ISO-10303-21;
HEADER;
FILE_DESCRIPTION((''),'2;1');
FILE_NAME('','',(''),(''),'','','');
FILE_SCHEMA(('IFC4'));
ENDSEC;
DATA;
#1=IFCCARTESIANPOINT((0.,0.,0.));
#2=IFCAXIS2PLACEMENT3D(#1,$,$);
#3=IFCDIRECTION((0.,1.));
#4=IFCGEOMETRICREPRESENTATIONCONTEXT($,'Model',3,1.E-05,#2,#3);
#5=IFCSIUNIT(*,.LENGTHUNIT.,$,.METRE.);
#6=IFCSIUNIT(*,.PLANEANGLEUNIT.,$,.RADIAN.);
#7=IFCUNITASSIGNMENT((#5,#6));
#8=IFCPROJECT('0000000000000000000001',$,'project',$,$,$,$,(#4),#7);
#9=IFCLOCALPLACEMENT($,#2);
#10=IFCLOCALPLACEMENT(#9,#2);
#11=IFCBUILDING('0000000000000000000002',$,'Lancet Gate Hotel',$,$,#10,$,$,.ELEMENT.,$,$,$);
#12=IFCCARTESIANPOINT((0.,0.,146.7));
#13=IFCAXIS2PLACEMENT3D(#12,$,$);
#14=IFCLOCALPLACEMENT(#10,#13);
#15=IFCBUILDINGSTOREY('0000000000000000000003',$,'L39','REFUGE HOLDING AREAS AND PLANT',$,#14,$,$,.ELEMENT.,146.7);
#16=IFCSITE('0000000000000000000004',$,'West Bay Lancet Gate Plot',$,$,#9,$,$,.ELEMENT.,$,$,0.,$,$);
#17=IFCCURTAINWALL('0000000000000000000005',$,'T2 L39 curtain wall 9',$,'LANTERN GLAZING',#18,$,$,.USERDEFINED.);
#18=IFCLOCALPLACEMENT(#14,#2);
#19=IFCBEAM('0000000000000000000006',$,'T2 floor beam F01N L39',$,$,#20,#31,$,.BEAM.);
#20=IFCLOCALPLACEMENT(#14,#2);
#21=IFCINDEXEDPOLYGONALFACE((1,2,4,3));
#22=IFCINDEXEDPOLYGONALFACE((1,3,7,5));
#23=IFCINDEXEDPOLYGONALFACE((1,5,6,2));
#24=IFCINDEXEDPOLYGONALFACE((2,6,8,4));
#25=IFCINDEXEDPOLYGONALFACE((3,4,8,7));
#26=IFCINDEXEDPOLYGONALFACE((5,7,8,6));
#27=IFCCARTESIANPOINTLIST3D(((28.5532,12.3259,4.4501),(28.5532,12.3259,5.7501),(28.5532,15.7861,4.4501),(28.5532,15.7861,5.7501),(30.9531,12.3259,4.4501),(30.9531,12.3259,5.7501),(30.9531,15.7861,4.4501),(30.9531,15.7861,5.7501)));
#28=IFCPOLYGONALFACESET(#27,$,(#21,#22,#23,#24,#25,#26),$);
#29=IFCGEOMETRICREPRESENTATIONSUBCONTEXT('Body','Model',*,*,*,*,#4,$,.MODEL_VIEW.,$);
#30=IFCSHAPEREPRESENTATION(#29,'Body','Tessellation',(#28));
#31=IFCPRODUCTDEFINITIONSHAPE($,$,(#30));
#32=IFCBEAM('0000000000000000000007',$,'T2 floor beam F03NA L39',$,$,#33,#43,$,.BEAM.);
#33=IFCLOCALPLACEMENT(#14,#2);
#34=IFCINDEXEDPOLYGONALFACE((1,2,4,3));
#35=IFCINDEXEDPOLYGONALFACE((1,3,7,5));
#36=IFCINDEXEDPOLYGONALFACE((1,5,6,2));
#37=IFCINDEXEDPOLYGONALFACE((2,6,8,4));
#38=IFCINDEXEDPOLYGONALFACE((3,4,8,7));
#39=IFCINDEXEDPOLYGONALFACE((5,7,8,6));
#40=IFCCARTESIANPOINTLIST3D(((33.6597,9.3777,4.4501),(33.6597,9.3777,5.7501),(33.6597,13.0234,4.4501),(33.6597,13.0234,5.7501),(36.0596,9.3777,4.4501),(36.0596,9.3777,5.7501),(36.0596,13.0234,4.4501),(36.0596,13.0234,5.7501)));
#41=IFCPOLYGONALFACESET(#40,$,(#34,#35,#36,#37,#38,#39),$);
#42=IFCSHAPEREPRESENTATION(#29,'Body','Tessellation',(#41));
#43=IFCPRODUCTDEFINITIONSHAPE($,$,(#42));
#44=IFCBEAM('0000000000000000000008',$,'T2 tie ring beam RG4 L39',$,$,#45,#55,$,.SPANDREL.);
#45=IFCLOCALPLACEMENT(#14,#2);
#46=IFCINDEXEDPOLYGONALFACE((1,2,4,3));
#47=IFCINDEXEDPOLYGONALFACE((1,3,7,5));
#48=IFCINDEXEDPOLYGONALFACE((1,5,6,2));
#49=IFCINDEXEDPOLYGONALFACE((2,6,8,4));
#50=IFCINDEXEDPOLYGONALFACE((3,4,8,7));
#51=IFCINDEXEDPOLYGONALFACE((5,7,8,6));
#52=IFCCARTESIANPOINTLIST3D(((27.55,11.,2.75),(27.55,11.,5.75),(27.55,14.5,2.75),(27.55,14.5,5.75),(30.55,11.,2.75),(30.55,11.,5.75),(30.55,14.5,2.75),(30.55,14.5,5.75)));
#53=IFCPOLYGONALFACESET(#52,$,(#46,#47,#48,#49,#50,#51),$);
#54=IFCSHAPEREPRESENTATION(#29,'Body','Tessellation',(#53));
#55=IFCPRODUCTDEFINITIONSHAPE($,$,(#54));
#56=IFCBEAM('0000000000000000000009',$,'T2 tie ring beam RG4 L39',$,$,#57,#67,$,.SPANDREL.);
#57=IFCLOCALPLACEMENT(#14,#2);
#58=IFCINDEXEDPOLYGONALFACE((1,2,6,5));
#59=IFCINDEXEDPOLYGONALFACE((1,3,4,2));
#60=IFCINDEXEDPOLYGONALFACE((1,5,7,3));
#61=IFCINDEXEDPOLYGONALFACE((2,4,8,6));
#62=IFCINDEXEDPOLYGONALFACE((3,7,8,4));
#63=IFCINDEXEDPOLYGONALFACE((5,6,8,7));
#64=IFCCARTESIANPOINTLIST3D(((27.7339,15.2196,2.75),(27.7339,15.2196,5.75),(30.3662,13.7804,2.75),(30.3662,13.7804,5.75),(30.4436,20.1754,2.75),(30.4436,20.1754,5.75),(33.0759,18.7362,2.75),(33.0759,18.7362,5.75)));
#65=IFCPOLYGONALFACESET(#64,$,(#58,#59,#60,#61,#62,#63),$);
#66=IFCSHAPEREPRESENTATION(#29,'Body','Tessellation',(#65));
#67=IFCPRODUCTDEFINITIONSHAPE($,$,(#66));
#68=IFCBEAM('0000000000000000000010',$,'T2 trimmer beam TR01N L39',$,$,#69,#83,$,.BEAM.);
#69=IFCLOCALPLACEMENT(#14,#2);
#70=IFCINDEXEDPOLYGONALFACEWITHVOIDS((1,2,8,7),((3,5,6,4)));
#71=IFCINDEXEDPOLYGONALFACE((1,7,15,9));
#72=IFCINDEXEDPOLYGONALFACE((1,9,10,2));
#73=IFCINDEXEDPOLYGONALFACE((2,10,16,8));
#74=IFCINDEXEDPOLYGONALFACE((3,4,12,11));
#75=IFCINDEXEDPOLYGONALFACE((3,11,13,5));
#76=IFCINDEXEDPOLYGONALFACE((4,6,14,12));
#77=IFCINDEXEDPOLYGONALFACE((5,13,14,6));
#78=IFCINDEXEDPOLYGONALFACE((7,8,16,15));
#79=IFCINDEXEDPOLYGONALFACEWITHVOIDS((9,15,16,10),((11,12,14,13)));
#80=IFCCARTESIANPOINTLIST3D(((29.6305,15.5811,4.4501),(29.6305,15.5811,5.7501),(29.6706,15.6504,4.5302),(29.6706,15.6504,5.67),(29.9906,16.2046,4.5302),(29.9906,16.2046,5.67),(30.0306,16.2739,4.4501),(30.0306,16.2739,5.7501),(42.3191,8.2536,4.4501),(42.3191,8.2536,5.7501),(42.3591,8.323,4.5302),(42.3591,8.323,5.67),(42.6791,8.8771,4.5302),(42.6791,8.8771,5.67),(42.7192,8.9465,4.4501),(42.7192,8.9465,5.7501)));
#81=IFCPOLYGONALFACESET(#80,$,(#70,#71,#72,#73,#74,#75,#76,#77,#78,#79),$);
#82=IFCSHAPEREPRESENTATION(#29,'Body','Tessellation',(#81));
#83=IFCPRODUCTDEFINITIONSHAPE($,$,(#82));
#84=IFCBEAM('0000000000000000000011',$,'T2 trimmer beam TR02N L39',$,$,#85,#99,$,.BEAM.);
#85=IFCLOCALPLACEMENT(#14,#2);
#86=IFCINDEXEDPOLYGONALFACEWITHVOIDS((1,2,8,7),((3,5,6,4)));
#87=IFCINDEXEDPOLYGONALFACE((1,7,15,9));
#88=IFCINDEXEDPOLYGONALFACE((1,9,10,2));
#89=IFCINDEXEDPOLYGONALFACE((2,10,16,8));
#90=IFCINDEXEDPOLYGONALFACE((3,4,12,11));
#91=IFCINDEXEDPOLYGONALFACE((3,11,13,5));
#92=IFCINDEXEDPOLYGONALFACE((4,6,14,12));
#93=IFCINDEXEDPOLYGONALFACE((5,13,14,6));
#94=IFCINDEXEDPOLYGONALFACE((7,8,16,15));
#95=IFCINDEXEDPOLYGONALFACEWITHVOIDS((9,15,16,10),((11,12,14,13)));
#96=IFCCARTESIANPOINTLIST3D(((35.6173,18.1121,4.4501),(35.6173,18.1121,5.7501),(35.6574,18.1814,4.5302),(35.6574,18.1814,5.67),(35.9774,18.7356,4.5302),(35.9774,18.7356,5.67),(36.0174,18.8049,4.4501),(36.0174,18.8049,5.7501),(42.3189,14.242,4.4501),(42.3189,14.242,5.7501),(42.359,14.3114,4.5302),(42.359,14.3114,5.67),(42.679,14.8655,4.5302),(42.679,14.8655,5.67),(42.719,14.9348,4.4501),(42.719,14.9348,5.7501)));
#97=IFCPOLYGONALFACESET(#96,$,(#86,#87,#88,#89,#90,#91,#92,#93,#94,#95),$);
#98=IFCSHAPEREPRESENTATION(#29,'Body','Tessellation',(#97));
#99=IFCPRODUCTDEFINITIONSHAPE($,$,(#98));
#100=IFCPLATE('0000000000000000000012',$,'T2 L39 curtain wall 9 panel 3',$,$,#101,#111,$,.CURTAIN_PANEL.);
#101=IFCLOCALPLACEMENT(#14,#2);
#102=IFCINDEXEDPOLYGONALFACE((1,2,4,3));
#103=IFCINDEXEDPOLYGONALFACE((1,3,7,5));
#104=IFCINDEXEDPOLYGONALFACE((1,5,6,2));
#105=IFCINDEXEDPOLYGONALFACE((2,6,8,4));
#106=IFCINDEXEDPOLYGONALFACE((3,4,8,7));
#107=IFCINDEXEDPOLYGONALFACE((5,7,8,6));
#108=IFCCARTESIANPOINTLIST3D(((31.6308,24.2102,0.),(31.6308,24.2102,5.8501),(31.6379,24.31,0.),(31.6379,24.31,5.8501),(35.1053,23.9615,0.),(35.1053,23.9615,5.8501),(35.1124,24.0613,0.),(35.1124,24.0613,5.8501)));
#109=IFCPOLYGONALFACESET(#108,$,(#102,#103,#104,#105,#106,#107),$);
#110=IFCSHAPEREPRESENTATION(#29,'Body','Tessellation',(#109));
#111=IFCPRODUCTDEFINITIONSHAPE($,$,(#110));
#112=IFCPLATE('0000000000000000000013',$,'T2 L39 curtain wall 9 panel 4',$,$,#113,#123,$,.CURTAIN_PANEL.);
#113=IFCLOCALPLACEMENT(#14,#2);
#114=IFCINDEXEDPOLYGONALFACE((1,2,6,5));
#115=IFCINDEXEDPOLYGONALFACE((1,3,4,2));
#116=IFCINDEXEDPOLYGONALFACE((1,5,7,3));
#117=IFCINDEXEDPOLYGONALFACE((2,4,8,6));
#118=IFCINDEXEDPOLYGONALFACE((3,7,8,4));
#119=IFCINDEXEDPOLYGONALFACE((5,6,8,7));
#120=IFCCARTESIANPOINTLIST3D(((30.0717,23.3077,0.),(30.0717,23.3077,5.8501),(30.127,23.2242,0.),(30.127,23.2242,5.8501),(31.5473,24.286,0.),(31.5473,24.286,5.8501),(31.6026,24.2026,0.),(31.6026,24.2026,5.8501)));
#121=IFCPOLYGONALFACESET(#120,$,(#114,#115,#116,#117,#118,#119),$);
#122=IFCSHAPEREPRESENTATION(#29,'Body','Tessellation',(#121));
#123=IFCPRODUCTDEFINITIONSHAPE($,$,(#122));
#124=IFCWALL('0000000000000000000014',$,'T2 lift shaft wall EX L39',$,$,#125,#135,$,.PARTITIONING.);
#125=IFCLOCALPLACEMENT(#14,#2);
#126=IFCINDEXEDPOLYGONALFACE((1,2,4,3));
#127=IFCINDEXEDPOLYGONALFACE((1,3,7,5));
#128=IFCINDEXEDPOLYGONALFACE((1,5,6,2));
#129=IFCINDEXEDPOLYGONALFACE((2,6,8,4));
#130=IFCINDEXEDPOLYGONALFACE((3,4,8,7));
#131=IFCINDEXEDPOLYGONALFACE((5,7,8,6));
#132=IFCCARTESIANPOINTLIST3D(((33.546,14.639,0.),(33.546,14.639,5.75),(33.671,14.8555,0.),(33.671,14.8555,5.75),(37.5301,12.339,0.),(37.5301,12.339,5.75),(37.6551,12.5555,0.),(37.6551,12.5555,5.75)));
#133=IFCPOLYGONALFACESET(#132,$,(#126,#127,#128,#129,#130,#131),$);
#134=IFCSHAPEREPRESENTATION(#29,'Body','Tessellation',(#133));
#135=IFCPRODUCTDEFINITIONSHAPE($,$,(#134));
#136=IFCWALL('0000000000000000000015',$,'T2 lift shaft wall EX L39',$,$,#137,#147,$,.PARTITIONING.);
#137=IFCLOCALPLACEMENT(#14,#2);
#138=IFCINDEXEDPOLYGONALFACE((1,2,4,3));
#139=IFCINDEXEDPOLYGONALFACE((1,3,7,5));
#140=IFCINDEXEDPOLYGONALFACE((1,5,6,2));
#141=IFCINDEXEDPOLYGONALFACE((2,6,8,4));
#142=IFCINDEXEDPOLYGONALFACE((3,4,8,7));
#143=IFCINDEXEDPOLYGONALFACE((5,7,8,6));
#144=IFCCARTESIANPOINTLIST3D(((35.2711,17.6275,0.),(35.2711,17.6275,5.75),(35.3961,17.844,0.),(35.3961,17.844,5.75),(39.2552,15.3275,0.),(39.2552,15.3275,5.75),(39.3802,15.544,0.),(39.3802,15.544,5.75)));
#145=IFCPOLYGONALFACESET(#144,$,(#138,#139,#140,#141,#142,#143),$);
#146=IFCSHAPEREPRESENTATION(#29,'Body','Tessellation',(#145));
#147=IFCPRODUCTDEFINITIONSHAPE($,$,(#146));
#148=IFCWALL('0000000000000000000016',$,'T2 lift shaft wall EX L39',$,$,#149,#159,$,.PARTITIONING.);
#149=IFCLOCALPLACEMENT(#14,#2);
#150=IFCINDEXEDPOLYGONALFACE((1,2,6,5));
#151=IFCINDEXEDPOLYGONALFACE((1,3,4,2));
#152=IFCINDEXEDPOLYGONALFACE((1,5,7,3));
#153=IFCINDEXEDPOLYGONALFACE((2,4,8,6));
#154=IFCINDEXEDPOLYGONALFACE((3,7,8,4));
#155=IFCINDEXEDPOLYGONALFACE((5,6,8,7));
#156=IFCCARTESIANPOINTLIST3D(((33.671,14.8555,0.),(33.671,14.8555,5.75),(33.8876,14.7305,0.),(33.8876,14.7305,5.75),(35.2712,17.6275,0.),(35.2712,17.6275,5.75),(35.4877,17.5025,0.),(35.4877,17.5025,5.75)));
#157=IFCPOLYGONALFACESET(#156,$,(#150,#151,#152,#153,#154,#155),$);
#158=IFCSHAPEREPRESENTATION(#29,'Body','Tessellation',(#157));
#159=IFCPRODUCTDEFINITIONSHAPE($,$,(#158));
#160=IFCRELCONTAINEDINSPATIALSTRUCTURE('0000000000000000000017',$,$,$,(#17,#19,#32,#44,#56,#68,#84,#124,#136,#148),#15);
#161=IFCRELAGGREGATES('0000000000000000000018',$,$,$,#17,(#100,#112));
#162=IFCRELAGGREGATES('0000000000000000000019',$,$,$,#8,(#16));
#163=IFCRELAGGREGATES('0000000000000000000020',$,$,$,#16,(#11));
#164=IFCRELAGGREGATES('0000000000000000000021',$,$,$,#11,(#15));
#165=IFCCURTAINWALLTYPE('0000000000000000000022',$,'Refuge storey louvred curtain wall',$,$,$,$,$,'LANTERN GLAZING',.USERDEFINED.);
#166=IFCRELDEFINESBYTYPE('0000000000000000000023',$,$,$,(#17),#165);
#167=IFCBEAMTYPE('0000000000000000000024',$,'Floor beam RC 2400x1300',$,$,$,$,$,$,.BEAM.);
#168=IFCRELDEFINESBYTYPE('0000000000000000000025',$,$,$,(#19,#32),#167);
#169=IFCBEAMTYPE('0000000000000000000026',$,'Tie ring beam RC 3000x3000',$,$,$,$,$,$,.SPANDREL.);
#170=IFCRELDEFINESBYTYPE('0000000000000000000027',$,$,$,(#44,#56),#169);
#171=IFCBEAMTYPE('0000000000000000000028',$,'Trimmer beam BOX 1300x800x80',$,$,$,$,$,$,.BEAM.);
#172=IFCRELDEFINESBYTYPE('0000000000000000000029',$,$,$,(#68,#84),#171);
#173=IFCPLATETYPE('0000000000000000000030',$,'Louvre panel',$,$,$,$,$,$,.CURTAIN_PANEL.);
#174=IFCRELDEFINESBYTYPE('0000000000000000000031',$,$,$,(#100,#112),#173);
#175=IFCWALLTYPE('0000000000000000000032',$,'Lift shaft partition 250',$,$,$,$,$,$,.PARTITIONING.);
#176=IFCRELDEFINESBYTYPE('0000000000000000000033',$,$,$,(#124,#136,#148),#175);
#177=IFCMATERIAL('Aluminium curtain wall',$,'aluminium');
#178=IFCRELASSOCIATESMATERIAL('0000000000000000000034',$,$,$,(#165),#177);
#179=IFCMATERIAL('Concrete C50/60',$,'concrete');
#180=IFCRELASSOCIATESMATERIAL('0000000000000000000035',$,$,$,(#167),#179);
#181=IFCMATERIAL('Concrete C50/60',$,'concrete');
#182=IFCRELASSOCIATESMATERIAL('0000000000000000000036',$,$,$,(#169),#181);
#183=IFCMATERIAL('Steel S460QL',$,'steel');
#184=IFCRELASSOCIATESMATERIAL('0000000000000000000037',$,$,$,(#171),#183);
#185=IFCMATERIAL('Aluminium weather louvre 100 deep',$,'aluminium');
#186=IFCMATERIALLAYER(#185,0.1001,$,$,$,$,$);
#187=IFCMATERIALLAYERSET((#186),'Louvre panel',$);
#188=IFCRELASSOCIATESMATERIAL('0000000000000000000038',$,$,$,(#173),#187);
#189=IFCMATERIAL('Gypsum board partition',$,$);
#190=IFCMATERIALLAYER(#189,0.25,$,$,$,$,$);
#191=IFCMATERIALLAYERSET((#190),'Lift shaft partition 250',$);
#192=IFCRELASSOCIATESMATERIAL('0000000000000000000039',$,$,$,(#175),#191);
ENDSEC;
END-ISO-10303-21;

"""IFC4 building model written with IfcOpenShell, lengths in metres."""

from ifc_helpers import new_model, si_unit, direction, frame, frame_2d, origin, origin_2d, place, context, subcontext, project, spatial, rectangle, hollow_rectangle, extrude, material, layer, layer_set, material_profile, profile_set, type_object, element, aggregate, save


model = new_model("IFC4")

# Units and contexts
model_context = context("Model", 3, precision=1e-05, world=origin(), true_north=direction((0.0, 1.0)))
body_context = subcontext(model_context, "Body", "Model", "MODEL_VIEW")
ifc_project = project(units=[si_unit("LENGTHUNIT", "METRE"), si_unit("PLANEANGLEUNIT", "RADIAN")], contexts=[model_context])

# Site, building, storey
site_placement = place(None, origin())
site = spatial("IfcSite", under=ifc_project, at=site_placement, Name="West Bay Lancet Gate Plot", CompositionType="ELEMENT", RefElevation=0.0)
building_placement = place(site_placement, origin())
building = spatial("IfcBuilding", under=site, at=building_placement, Name="Lancet Gate Hotel", CompositionType="ELEMENT")
storey_placement = place(building_placement, frame((0.0, 0.0, 146.7)))
storey = spatial("IfcBuildingStorey", under=building, at=storey_placement, Name="L39", Description="REFUGE HOLDING AREAS AND PLANT", CompositionType="ELEMENT", Elevation=146.7)

# Curtain wall
ifc_material_1 = material(Name="Aluminium curtain wall", Category="aluminium")
curtain_wall_type = type_object("IfcCurtainWallType", Name="Refuge storey louvred curtain wall", ElementType="LANTERN GLAZING", PredefinedType="USERDEFINED", material=ifc_material_1)
curtain_wall_placement = place(storey_placement, origin())
curtain_wall = element("IfcCurtainWall", 1, at=curtain_wall_placement, inside=storey, type_object=curtain_wall_type, Name="T2 L39 curtain wall 9", ObjectType="LANTERN GLAZING", PredefinedType="USERDEFINED")

# Beams
ifc_material_2 = material(Name="Concrete C50/60", Category="concrete")
ifc_material_profile_1 = material_profile(ifc_material_2, rectangle(XDim=2.3999, YDim=1.3, at=origin_2d()), Name="RC 2400x1300")
ifc_profile_set_1 = profile_set([ifc_material_profile_1], Name="Concrete C50/60")
beam_type_1 = type_object("IfcBeamType", Name="Floor beam RC 2400x1300", PredefinedType="BEAM", material=ifc_profile_set_1)
beam_1_placement = place(storey_placement, frame((29.7532, 12.3259, 5.1001), z_axis=(0.0, 1.0, 0.0), x_axis=(-1.0, 0.0, 0.0)))
element("IfcBeam", 2, at=beam_1_placement, inside=storey, type_object=beam_type_1, Name="T2 floor beam F01N L39", PredefinedType="BEAM", context=body_context, shape_type="SweptSolid", body=[
    extrude(rectangle(XDim=2.3999, YDim=1.3, at=origin_2d()), origin(), (0.0, 0.0, 1.0), 3.4602),
])
beam_2_placement = place(storey_placement, frame((34.8596, 9.3777, 5.1001), z_axis=(0.0, 1.0, 0.0), x_axis=(-1.0, 0.0, 0.0)))
element("IfcBeam", 3, at=beam_2_placement, inside=storey, type_object=beam_type_1, Name="T2 floor beam F03NA L39", PredefinedType="BEAM", context=body_context, shape_type="SweptSolid", body=[
    extrude(rectangle(XDim=2.3999, YDim=1.3, at=origin_2d()), origin(), (0.0, 0.0, 1.0), 3.6458),
])
ifc_material_3 = material(Name="Concrete C50/60", Category="concrete")
ifc_material_profile_2 = material_profile(ifc_material_3, rectangle(XDim=3.0, YDim=3.0, at=origin_2d()), Name="RC 3000x3000")
ifc_profile_set_2 = profile_set([ifc_material_profile_2], Name="Concrete C50/60")
beam_type_2 = type_object("IfcBeamType", Name="Tie ring beam RC 3000x3000", PredefinedType="SPANDREL", material=ifc_profile_set_2)
beam_3_placement = place(storey_placement, frame((29.05, 11.0, 4.25), z_axis=(0.0, 1.0, 0.0), x_axis=(-1.0, 0.0, 0.0)))
element("IfcBeam", 4, at=beam_3_placement, inside=storey, type_object=beam_type_2, Name="T2 tie ring beam RG4 L39", PredefinedType="SPANDREL", context=body_context, shape_type="SweptSolid", body=[
    extrude(rectangle(XDim=3.0, YDim=3.0, at=origin_2d()), origin(), (0.0, 0.0, 1.0), 3.5),
])
beam_4_placement = place(storey_placement, frame((29.05, 14.5, 4.25), z_axis=(0.479745, 0.877408, 0.0), x_axis=(-0.877408, 0.479745, 0.0)))
element("IfcBeam", 5, at=beam_4_placement, inside=storey, type_object=beam_type_2, Name="T2 tie ring beam RG4 L39", PredefinedType="SPANDREL", context=body_context, shape_type="SweptSolid", body=[
    extrude(rectangle(XDim=3.0, YDim=3.0, at=origin_2d()), origin(), (0.0, 0.0, 1.0), 5.6482),
])
ifc_material_4 = material(Name="Steel S460QL", Category="steel")
ifc_material_profile_3 = material_profile(ifc_material_4, hollow_rectangle(XDim=0.8, YDim=1.3, WallThickness=0.0801, at=origin_2d()), Name="BOX 1300x800x80")
ifc_profile_set_3 = profile_set([ifc_material_profile_3], Name="Steel S460QL")
beam_type_3 = type_object("IfcBeamType", Name="Trimmer beam BOX 1300x800x80", PredefinedType="BEAM", material=ifc_profile_set_3)
beam_5_placement = place(storey_placement, frame((29.8306, 15.9275, 5.1001), z_axis=(0.865975, -0.500087, 0.0), x_axis=(0.500087, 0.865975, 0.0)))
element("IfcBeam", 6, at=beam_5_placement, inside=storey, type_object=beam_type_3, Name="T2 trimmer beam TR01N L39", PredefinedType="BEAM", context=body_context, shape_type="SweptSolid", body=[
    extrude(hollow_rectangle(XDim=0.8, YDim=1.3, WallThickness=0.0801, at=origin_2d()), origin(), (0.0, 0.0, 1.0), 14.6523),
])
beam_6_placement = place(storey_placement, frame((35.8174, 18.4585, 5.1001), z_axis=(0.865974, -0.500088, 0.0), x_axis=(0.500088, 0.865974, 0.0)))
element("IfcBeam", 7, at=beam_6_placement, inside=storey, type_object=beam_type_3, Name="T2 trimmer beam TR02N L39", PredefinedType="BEAM", context=body_context, shape_type="SweptSolid", body=[
    extrude(hollow_rectangle(XDim=0.8, YDim=1.3, WallThickness=0.0801, at=origin_2d()), origin(), (0.0, 0.0, 1.0), 7.7388),
])

# Plates
ifc_material_5 = material(Name="Aluminium weather louvre 100 deep", Category="aluminium")
ifc_layer_1 = layer(ifc_material_5, 0.1001)
ifc_layer_set_1 = layer_set([ifc_layer_1], Name="Louvre panel")
plate_type = type_object("IfcPlateType", Name="Louvre panel", PredefinedType="CURTAIN_PANEL", material=ifc_layer_set_1)
plate_1_placement = place(storey_placement, frame((33.3716, 24.1357, 0.0), z_axis=(0.0, 0.0, 1.0), x_axis=(-0.997448, 0.07139, 0.0)))
plate_1 = element("IfcPlate", 8, at=plate_1_placement, type_object=plate_type, Name="T2 L39 curtain wall 9 panel 3", PredefinedType="CURTAIN_PANEL", context=body_context, shape_type="SweptSolid", body=[
    extrude(rectangle(XDim=3.4834, YDim=0.1001, at=origin_2d()), origin(), (0.0, 0.0, 1.0), 5.8501),
])
plate_2_placement = place(storey_placement, frame((30.8372, 23.7551, 0.0), z_axis=(0.0, 0.0, 1.0), x_axis=(-0.833465, -0.552573, 0.0)))
plate_2 = element("IfcPlate", 9, at=plate_2_placement, type_object=plate_type, Name="T2 L39 curtain wall 9 panel 4", PredefinedType="CURTAIN_PANEL", context=body_context, shape_type="SweptSolid", body=[
    extrude(rectangle(XDim=1.7705, YDim=0.1001, at=origin_2d()), origin(), (0.0, 0.0, 1.0), 5.8501),
])
aggregate(curtain_wall, [plate_1, plate_2])

# Walls
ifc_material_6 = material(Name="Gypsum board partition")
ifc_layer_2 = layer(ifc_material_6, 0.25)
ifc_layer_set_2 = layer_set([ifc_layer_2], Name="Lift shaft partition 250")
wall_type_1 = type_object("IfcWallType", Name="Lift shaft partition 250", PredefinedType="PARTITIONING", material=ifc_layer_set_2)
for number, where, z_axis, x_axis, name in (
    (10, (33.6084, 14.7473, 0.0), (0.0, 0.0, 1.0), (0.866043, -0.499969, 0.0), "T2 lift shaft wall EX L39"),
    (11, (35.3335, 17.7358, 0.0), (0.0, 0.0, 1.0), (0.866043, -0.499969, 0.0), "T2 lift shaft wall EX L39"),
):
    element("IfcWall", number, at=place(storey_placement, frame(where, z_axis=z_axis, x_axis=x_axis)), inside=storey, type_object=wall_type_1, Name=name, PredefinedType="PARTITIONING", context=body_context, shape_type="SweptSolid", body=[
        extrude(rectangle(XDim=4.6003, YDim=0.25, at=frame_2d((2.3003, 0.0))), origin(), (0.0, 0.0, 1.0), 5.75),
    ])
wall_1_placement = place(storey_placement, frame((33.7793, 14.793, 0.0), z_axis=(0.0, 0.0, 1.0), x_axis=(0.499929, 0.866066, 0.0)))
element("IfcWall", 12, at=wall_1_placement, inside=storey, type_object=wall_type_1, Name="T2 lift shaft wall EX L39", PredefinedType="PARTITIONING", context=body_context, shape_type="SweptSolid", body=[
    extrude(rectangle(XDim=3.2007, YDim=0.25, at=frame_2d((1.6003, 0.0))), origin(), (0.0, 0.0, 1.0), 5.75),
])

save(model, "model.ifc")
